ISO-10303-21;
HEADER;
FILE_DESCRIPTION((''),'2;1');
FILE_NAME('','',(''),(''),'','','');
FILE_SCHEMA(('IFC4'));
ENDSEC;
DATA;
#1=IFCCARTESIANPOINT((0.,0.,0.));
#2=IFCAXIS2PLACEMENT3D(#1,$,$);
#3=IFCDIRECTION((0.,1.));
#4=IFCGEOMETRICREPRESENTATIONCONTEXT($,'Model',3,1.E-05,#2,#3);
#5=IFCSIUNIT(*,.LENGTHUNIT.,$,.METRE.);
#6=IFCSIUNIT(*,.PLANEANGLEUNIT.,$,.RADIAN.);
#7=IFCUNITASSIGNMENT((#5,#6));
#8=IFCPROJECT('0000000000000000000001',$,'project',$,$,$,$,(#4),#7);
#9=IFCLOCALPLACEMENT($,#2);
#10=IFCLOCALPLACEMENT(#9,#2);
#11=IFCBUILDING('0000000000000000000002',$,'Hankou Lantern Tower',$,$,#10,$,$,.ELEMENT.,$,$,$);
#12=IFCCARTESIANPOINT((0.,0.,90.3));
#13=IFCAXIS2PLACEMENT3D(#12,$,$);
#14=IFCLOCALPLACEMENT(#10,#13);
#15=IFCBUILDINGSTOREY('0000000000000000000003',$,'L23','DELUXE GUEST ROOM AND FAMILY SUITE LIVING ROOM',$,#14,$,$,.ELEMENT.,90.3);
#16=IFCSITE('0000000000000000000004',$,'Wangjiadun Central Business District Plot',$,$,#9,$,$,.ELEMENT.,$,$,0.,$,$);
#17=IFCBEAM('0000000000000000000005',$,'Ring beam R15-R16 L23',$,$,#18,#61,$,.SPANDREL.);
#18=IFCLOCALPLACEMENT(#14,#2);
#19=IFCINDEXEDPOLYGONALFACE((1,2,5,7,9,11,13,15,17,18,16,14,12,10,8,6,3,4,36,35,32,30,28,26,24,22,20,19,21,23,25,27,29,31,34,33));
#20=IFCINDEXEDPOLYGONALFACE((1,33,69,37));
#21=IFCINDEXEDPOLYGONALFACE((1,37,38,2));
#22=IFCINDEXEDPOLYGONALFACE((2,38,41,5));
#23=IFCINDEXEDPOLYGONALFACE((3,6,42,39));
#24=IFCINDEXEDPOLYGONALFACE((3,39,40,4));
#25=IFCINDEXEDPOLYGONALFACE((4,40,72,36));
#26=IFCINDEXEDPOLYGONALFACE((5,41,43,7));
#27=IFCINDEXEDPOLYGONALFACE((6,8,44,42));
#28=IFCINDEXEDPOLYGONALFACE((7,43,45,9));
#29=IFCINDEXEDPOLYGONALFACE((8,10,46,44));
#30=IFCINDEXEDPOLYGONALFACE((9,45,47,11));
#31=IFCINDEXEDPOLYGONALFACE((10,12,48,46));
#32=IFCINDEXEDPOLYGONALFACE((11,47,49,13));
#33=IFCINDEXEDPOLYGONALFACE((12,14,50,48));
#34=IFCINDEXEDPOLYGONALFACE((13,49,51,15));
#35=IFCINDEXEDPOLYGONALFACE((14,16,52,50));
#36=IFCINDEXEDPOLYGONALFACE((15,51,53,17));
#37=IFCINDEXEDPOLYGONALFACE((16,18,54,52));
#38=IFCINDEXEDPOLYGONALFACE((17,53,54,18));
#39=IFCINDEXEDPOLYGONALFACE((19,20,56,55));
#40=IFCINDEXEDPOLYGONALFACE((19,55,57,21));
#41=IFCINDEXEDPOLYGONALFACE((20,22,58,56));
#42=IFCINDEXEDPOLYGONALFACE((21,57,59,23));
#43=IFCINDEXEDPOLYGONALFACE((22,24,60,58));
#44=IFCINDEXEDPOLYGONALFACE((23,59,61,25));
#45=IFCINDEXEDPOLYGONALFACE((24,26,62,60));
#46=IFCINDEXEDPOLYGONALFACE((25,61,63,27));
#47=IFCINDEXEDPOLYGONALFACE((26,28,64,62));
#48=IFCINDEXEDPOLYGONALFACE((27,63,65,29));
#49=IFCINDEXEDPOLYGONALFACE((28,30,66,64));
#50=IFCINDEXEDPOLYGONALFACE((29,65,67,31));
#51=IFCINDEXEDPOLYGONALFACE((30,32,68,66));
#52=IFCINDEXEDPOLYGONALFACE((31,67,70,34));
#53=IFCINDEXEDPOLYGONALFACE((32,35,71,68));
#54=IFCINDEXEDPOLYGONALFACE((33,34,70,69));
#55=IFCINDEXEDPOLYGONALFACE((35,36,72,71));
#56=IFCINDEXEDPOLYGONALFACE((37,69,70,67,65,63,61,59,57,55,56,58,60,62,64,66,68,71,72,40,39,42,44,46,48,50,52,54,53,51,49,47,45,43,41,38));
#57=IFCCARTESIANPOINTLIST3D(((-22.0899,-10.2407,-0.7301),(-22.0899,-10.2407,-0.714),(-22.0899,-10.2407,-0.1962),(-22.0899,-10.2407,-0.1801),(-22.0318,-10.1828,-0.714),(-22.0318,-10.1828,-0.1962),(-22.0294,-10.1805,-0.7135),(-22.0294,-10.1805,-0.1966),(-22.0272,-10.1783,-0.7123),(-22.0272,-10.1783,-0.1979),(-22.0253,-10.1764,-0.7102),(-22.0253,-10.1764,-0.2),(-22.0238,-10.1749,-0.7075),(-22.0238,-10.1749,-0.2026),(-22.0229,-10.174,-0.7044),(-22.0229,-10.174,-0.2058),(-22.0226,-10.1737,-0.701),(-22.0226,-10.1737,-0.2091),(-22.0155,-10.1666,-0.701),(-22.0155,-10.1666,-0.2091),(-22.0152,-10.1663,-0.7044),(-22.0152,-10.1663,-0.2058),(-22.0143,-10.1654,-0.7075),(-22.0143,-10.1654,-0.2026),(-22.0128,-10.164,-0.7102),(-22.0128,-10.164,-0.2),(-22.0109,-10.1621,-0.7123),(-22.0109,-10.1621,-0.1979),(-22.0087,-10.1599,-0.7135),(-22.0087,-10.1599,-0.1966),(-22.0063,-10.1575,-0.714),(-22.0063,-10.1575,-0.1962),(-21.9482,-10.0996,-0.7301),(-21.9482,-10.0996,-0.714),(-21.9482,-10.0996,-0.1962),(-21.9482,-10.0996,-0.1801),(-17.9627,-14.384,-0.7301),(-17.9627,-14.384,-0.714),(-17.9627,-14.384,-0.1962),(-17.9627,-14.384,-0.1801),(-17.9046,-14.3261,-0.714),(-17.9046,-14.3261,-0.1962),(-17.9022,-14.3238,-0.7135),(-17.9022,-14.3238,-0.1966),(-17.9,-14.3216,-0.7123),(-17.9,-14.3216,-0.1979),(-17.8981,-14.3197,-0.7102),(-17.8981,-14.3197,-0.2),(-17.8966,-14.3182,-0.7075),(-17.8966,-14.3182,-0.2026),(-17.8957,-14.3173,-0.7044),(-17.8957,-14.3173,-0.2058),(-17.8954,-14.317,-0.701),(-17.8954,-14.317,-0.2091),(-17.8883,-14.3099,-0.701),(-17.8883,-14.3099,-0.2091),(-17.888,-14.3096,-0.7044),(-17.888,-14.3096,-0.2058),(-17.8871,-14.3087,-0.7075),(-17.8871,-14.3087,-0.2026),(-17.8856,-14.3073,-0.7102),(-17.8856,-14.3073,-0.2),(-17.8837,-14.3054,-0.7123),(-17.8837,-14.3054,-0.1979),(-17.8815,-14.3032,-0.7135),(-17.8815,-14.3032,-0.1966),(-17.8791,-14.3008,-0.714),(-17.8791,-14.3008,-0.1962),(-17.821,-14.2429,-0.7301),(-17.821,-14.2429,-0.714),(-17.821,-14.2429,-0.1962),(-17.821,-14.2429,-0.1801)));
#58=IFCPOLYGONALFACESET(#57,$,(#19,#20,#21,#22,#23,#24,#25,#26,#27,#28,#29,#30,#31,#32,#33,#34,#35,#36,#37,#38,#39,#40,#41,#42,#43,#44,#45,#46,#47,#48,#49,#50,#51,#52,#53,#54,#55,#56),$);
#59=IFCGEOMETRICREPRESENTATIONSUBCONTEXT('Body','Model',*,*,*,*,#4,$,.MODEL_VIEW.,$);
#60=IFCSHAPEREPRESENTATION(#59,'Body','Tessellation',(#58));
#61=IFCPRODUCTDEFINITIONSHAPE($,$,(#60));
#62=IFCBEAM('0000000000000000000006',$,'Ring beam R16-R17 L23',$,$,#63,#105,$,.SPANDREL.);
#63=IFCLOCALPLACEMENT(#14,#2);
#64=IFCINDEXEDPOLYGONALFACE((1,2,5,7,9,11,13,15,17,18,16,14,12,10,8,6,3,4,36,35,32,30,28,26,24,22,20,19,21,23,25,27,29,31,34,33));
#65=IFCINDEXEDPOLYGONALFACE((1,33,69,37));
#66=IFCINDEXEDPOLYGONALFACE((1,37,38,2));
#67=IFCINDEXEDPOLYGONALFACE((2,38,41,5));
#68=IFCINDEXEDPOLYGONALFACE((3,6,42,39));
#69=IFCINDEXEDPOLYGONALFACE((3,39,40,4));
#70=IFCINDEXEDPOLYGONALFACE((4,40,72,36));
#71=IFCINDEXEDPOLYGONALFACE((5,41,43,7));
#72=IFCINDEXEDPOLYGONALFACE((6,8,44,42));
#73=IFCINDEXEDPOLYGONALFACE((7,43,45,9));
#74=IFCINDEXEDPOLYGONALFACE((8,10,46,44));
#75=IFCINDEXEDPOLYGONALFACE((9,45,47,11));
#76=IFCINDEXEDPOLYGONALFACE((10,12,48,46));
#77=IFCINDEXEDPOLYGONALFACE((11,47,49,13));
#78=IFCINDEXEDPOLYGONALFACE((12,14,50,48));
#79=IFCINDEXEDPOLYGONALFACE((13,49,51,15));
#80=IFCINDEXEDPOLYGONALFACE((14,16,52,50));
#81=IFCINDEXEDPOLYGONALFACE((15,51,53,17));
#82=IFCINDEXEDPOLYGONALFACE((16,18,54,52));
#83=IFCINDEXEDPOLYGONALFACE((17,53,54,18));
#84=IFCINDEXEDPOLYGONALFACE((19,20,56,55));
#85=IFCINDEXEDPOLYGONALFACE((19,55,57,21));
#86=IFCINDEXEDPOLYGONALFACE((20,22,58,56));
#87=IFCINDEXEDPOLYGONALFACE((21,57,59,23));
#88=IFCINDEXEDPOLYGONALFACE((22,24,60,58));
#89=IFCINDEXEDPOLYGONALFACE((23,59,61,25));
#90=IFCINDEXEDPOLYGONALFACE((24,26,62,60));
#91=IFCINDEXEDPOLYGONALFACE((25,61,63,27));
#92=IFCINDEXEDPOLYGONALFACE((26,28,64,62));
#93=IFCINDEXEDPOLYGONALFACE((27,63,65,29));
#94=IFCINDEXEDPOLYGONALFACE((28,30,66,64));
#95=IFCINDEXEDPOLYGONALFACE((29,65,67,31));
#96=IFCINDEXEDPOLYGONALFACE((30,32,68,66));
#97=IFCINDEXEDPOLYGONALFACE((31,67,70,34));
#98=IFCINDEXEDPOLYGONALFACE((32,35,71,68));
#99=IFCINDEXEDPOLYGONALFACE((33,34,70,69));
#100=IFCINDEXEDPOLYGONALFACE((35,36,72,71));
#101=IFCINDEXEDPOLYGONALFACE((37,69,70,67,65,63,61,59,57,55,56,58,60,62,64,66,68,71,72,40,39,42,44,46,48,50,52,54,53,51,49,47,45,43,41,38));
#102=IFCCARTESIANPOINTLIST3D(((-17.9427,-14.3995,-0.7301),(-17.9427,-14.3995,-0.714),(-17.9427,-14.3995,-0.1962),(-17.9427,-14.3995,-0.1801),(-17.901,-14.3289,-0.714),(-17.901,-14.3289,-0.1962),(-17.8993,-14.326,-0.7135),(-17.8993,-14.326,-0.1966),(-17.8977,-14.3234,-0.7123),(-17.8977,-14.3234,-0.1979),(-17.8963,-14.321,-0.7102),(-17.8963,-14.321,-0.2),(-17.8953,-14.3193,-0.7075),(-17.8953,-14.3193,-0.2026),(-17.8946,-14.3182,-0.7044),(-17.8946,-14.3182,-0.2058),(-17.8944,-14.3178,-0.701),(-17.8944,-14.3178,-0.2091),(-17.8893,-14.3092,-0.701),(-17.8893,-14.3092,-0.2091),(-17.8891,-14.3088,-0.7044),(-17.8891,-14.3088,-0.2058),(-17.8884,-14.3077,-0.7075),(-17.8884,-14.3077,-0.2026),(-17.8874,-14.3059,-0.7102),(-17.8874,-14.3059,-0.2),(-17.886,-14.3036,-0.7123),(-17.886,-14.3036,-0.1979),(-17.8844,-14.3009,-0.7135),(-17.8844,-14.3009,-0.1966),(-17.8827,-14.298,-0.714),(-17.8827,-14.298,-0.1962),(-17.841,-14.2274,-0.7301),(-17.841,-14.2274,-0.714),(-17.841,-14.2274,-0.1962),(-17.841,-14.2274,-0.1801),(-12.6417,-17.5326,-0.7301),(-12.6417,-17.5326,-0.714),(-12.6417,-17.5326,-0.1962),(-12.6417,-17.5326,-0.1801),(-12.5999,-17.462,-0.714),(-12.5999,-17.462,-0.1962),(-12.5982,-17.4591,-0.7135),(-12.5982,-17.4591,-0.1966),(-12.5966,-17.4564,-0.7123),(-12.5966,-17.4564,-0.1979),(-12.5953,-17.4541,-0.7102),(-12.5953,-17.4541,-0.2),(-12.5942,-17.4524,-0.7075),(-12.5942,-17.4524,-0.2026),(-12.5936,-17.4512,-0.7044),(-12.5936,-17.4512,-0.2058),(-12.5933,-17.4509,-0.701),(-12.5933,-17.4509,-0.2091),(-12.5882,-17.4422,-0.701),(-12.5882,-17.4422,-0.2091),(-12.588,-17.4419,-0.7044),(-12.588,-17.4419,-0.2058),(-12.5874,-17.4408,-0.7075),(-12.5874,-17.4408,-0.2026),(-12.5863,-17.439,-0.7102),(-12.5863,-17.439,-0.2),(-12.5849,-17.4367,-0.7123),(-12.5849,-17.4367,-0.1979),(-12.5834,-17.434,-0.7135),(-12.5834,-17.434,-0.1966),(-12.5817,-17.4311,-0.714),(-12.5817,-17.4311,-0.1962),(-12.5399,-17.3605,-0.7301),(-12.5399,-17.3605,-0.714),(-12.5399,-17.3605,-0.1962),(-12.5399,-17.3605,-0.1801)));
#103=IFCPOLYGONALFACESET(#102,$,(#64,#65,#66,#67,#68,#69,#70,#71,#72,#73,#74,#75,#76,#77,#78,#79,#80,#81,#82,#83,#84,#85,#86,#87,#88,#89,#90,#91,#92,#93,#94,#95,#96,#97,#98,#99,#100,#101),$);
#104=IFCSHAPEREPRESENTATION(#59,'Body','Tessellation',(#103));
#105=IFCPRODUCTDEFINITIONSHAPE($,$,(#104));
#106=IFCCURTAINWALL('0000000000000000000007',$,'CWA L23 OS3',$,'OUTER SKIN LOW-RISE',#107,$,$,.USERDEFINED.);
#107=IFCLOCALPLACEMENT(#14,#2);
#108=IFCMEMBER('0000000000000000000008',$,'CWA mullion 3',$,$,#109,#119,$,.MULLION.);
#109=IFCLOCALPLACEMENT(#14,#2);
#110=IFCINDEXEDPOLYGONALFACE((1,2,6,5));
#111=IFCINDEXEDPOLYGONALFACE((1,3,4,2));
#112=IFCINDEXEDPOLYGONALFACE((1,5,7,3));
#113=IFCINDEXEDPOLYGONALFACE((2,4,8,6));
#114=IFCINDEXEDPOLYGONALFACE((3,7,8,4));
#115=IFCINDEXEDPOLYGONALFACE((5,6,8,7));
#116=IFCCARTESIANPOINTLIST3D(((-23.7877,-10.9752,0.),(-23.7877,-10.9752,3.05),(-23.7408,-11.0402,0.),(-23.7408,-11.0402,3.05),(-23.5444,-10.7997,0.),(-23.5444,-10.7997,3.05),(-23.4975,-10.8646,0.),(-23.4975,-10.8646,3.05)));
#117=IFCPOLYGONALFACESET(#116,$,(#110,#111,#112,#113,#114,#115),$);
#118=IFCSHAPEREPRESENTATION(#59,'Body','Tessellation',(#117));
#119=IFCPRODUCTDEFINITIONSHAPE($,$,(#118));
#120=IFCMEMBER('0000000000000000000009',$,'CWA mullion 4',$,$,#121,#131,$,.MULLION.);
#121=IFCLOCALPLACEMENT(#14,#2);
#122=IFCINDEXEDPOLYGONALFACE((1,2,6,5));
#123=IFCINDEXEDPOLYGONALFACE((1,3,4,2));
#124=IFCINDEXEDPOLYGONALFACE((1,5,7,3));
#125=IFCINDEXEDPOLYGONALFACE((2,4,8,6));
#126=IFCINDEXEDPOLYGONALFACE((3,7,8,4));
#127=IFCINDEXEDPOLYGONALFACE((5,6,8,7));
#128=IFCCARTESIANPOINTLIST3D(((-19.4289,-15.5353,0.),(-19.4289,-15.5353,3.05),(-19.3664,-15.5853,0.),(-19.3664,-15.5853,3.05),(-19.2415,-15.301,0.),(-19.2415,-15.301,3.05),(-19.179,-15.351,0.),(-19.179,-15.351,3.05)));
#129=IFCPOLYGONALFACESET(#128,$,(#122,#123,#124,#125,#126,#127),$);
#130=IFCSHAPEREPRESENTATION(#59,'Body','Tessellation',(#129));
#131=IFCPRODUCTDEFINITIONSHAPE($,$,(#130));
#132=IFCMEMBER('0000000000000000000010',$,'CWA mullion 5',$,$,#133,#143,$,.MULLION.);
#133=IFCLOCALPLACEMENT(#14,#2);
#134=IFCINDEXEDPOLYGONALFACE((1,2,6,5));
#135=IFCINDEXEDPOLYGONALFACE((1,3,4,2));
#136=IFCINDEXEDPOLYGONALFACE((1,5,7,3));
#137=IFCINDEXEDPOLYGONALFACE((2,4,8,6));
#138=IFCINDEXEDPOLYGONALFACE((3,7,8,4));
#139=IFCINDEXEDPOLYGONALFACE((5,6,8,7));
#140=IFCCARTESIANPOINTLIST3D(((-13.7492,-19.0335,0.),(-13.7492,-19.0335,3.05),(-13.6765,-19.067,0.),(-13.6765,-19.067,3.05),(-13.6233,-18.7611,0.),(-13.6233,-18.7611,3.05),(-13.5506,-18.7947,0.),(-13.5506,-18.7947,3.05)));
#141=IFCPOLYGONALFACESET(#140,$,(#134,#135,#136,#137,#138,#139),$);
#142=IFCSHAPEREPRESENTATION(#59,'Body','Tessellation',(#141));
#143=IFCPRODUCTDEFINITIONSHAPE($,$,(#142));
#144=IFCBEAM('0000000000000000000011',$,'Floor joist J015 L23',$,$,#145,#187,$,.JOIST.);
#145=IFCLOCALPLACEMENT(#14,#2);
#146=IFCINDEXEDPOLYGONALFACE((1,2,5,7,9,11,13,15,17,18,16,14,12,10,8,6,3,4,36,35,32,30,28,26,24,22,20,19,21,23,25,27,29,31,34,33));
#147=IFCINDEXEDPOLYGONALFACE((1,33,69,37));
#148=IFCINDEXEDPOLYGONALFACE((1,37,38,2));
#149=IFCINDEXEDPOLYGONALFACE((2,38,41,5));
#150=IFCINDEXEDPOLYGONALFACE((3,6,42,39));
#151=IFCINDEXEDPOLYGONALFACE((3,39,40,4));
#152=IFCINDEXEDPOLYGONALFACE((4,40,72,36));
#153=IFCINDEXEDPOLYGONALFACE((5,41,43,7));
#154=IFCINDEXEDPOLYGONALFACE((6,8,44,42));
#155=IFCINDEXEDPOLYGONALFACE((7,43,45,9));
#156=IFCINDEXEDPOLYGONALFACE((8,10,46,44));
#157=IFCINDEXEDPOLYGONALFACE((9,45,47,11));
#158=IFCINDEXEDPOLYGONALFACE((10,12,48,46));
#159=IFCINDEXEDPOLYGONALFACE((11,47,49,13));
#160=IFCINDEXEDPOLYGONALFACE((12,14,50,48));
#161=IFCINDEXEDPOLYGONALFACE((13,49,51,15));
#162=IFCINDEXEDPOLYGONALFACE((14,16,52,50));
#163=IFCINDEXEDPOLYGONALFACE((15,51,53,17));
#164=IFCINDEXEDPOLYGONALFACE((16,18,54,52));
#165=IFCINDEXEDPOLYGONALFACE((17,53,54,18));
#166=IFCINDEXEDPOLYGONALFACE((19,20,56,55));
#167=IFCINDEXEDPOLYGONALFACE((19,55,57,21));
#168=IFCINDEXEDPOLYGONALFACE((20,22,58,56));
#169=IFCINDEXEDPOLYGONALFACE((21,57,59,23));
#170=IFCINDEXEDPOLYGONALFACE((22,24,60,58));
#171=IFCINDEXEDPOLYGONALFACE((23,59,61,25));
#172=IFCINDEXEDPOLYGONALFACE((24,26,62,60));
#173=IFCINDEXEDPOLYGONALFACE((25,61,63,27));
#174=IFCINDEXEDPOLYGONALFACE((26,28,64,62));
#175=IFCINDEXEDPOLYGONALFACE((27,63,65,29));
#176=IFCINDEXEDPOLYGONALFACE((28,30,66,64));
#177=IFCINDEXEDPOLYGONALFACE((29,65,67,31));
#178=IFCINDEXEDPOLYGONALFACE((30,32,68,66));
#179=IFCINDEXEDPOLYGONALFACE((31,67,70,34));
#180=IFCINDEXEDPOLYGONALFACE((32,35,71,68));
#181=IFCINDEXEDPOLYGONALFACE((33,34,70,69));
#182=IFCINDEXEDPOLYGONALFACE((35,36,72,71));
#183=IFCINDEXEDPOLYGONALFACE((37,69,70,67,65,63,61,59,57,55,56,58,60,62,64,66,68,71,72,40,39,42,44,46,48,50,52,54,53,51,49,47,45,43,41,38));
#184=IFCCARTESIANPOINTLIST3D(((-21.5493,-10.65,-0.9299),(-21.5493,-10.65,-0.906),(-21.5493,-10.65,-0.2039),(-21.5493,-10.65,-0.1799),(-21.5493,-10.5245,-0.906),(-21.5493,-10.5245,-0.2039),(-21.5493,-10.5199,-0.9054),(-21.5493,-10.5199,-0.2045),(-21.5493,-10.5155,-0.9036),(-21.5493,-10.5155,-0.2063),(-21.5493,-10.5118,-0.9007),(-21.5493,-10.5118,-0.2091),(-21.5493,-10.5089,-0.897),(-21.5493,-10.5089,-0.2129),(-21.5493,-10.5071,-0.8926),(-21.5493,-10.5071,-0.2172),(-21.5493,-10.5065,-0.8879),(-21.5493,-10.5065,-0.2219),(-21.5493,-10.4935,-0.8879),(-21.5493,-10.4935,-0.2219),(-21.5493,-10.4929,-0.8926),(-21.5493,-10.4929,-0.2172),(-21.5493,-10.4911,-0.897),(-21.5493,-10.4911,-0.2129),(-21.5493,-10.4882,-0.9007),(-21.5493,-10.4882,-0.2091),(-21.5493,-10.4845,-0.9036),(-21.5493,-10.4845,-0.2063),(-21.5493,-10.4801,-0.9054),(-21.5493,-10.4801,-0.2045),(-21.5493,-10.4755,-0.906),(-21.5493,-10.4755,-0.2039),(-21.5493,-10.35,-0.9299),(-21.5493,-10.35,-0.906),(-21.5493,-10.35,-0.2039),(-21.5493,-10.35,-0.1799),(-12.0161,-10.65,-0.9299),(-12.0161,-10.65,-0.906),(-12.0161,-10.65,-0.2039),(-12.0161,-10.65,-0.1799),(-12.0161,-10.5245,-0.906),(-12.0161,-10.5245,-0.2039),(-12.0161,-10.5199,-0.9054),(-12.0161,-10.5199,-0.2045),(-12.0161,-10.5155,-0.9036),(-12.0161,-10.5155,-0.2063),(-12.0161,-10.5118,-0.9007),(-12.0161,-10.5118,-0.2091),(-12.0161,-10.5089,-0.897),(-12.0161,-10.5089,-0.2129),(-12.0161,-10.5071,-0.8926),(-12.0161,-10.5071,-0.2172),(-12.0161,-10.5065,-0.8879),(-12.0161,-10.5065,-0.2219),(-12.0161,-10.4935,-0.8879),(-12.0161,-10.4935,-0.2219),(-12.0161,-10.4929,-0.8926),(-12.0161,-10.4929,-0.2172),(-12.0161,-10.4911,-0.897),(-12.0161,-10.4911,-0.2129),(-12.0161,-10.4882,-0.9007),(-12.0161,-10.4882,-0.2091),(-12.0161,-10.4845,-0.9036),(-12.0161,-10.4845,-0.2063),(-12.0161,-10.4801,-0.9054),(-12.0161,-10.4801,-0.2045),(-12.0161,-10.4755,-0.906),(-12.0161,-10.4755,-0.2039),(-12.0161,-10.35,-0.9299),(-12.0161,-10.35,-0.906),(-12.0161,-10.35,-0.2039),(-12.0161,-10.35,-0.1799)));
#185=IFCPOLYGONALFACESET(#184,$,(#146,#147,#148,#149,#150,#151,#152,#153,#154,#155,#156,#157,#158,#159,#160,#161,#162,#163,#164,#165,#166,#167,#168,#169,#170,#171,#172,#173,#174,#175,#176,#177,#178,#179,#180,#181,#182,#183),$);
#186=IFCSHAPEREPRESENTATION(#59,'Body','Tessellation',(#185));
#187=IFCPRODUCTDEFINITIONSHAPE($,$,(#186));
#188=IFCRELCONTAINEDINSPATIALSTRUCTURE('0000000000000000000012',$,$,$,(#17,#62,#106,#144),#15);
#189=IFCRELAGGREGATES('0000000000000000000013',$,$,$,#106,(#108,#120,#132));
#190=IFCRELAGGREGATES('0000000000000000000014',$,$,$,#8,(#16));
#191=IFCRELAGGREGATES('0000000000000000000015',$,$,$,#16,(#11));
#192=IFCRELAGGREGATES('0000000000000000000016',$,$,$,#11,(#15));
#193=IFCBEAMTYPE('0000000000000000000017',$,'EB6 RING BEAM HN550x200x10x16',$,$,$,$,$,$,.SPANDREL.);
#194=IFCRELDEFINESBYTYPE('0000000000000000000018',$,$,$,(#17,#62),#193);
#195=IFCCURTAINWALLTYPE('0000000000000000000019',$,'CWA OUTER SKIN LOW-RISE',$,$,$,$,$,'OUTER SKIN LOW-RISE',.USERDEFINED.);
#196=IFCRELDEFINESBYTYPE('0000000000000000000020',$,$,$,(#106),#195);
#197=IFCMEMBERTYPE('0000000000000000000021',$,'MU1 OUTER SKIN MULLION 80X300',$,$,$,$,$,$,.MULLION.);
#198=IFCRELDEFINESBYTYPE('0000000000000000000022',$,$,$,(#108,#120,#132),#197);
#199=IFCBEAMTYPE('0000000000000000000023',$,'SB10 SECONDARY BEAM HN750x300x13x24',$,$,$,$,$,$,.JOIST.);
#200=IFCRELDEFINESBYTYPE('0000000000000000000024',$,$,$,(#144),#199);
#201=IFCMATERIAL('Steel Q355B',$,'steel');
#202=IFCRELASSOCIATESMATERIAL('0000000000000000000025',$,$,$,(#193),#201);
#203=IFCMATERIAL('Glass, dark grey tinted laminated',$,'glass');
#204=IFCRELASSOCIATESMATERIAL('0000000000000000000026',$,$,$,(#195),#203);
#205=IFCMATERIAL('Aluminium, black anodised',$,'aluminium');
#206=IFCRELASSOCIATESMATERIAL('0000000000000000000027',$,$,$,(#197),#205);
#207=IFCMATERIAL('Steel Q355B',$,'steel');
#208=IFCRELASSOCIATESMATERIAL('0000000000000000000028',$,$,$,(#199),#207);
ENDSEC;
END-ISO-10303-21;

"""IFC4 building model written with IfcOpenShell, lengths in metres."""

from ifc_helpers import new_model, si_unit, direction, frame, origin, origin_2d, place, context, subcontext, project, spatial, rectangle, i_section, extrude, material, material_profile, profile_set, type_object, element, aggregate, save


model = new_model("IFC4")

# Units and contexts
model_context = context("Model", 3, precision=1e-05, world=origin(), true_north=direction((0.0, 1.0)))
body_context = subcontext(model_context, "Body", "Model", "MODEL_VIEW")
ifc_project = project(units=[si_unit("LENGTHUNIT", "METRE"), si_unit("PLANEANGLEUNIT", "RADIAN")], contexts=[model_context])

# Site, building, storey
site_placement = place(None, origin())
site = spatial("IfcSite", under=ifc_project, at=site_placement, Name="Wangjiadun Central Business District Plot", CompositionType="ELEMENT", RefElevation=0.0)
building_placement = place(site_placement, origin())
building = spatial("IfcBuilding", under=site, at=building_placement, Name="Hankou Lantern Tower", CompositionType="ELEMENT")
storey_placement = place(building_placement, frame((0.0, 0.0, 90.3)))
storey = spatial("IfcBuildingStorey", under=building, at=storey_placement, Name="L23", Description="DELUXE GUEST ROOM AND FAMILY SUITE LIVING ROOM", CompositionType="ELEMENT", Elevation=90.3)

# Beams
ifc_material_1 = material(Name="Steel Q355B", Category="steel")
ifc_material_profile_1 = material_profile(ifc_material_1, i_section(OverallWidth=0.2, OverallDepth=0.55, WebThickness=0.01, FlangeThickness=0.0161, FilletRadius=0.0129, at=origin_2d()), Name="HN550x200x10x16")
ifc_profile_set_1 = profile_set([ifc_material_profile_1], Name="Steel Q355B")
beam_type_1 = type_object("IfcBeamType", Name="EB6 RING BEAM HN550x200x10x16", PredefinedType="SPANDREL", material=ifc_profile_set_1)
beam_1_placement = place(storey_placement, frame((-22.019, -10.1702, -0.4551), z_axis=(0.705728, -0.708483, 0.0), x_axis=(0.708483, 0.705728, 0.0)))
element("IfcBeam", 1, at=beam_1_placement, inside=storey, type_object=beam_type_1, Name="Ring beam R15-R16 L23", PredefinedType="SPANDREL", context=body_context, shape_type="SweptSolid", body=[
    extrude(i_section(OverallWidth=0.2, OverallDepth=0.55, WebThickness=0.01, FlangeThickness=0.0161, FilletRadius=0.0129, at=origin_2d()), origin(), (0.0, 0.0, 1.0), 5.8481),
])
beam_2_placement = place(storey_placement, frame((-17.8918, -14.3135, -0.4551), z_axis=(0.860882, -0.508805, 0.0), x_axis=(0.508805, 0.860882, 0.0)))
element("IfcBeam", 2, at=beam_2_placement, inside=storey, type_object=beam_type_1, Name="Ring beam R16-R17 L23", PredefinedType="SPANDREL", context=body_context, shape_type="SweptSolid", body=[
    extrude(i_section(OverallWidth=0.2, OverallDepth=0.55, WebThickness=0.01, FlangeThickness=0.0161, FilletRadius=0.0129, at=origin_2d()), origin(), (0.0, 0.0, 1.0), 6.1577),
])

# Curtain wall, members
ifc_material_2 = material(Name="Glass, dark grey tinted laminated", Category="glass")
curtain_wall_type = type_object("IfcCurtainWallType", Name="CWA OUTER SKIN LOW-RISE", ElementType="OUTER SKIN LOW-RISE", PredefinedType="USERDEFINED", material=ifc_material_2)
curtain_wall_placement = place(storey_placement, origin())
curtain_wall = element("IfcCurtainWall", 3, at=curtain_wall_placement, inside=storey, type_object=curtain_wall_type, Name="CWA L23 OS3", ObjectType="OUTER SKIN LOW-RISE", PredefinedType="USERDEFINED")
ifc_material_3 = material(Name="Aluminium, black anodised", Category="aluminium")
ifc_material_profile_2 = material_profile(ifc_material_3, rectangle(XDim=0.0801, YDim=0.3, at=origin_2d()), Name="MU1 80X300")
ifc_profile_set_2 = profile_set([ifc_material_profile_2], Name="Aluminium, black anodised")
member_type_1 = type_object("IfcMemberType", Name="MU1 OUTER SKIN MULLION 80X300", PredefinedType="MULLION", material=ifc_profile_set_2)
member_1_placement = place(storey_placement, frame((-23.6426, -10.9199, 0.0), z_axis=(0.0, 0.0, 1.0), x_axis=(0.585206, -0.810885, 0.0)))
member_1 = element("IfcMember", 4, at=member_1_placement, type_object=member_type_1, Name="CWA mullion 3", PredefinedType="MULLION", context=body_context, shape_type="SweptSolid", body=[
    extrude(rectangle(XDim=0.0801, YDim=0.3, at=origin_2d()), origin(), (0.0, 0.0, 1.0), 3.05),
])
member_2_placement = place(storey_placement, frame((-19.304, -15.4431, 0.0), z_axis=(0.0, 0.0, 1.0), x_axis=(0.780869, -0.624695, 0.0)))
member_2 = element("IfcMember", 5, at=member_2_placement, type_object=member_type_1, Name="CWA mullion 4", PredefinedType="MULLION", context=body_context, shape_type="SweptSolid", body=[
    extrude(rectangle(XDim=0.0801, YDim=0.3, at=origin_2d()), origin(), (0.0, 0.0, 1.0), 3.05),
])
member_3_placement = place(storey_placement, frame((-13.6499, -18.9141, 0.0), z_axis=(0.0, 0.0, 1.0), x_axis=(0.907841, -0.419314, 0.0)))
member_3 = element("IfcMember", 6, at=member_3_placement, type_object=member_type_1, Name="CWA mullion 5", PredefinedType="MULLION", context=body_context, shape_type="SweptSolid", body=[
    extrude(rectangle(XDim=0.0801, YDim=0.3, at=origin_2d()), origin(), (0.0, 0.0, 1.0), 3.05),
])

# Beam
ifc_material_4 = material(Name="Steel Q355B", Category="steel")
ifc_material_profile_3 = material_profile(ifc_material_4, i_section(OverallWidth=0.3, OverallDepth=0.75, WebThickness=0.0129, FlangeThickness=0.0239, FilletRadius=0.0181, at=origin_2d()), Name="HN750x300x13x24")
ifc_profile_set_3 = profile_set([ifc_material_profile_3], Name="Steel Q355B")
beam_type_2 = type_object("IfcBeamType", Name="SB10 SECONDARY BEAM HN750x300x13x24", PredefinedType="JOIST", material=ifc_profile_set_3)
beam_3_placement = place(storey_placement, frame((-21.5493, -10.5, -0.5549), z_axis=(1.0, 0.0, 0.0), x_axis=(0.0, 1.0, 0.0)))
element("IfcBeam", 7, at=beam_3_placement, inside=storey, type_object=beam_type_2, Name="Floor joist J015 L23", PredefinedType="JOIST", context=body_context, shape_type="SweptSolid", body=[
    extrude(i_section(OverallWidth=0.3, OverallDepth=0.75, WebThickness=0.0129, FlangeThickness=0.0239, FilletRadius=0.0181, at=origin_2d()), origin(), (0.0, 0.0, 1.0), 9.5332),
])

aggregate(curtain_wall, [member_1, member_2, member_3])

save(model, "model.ifc")
